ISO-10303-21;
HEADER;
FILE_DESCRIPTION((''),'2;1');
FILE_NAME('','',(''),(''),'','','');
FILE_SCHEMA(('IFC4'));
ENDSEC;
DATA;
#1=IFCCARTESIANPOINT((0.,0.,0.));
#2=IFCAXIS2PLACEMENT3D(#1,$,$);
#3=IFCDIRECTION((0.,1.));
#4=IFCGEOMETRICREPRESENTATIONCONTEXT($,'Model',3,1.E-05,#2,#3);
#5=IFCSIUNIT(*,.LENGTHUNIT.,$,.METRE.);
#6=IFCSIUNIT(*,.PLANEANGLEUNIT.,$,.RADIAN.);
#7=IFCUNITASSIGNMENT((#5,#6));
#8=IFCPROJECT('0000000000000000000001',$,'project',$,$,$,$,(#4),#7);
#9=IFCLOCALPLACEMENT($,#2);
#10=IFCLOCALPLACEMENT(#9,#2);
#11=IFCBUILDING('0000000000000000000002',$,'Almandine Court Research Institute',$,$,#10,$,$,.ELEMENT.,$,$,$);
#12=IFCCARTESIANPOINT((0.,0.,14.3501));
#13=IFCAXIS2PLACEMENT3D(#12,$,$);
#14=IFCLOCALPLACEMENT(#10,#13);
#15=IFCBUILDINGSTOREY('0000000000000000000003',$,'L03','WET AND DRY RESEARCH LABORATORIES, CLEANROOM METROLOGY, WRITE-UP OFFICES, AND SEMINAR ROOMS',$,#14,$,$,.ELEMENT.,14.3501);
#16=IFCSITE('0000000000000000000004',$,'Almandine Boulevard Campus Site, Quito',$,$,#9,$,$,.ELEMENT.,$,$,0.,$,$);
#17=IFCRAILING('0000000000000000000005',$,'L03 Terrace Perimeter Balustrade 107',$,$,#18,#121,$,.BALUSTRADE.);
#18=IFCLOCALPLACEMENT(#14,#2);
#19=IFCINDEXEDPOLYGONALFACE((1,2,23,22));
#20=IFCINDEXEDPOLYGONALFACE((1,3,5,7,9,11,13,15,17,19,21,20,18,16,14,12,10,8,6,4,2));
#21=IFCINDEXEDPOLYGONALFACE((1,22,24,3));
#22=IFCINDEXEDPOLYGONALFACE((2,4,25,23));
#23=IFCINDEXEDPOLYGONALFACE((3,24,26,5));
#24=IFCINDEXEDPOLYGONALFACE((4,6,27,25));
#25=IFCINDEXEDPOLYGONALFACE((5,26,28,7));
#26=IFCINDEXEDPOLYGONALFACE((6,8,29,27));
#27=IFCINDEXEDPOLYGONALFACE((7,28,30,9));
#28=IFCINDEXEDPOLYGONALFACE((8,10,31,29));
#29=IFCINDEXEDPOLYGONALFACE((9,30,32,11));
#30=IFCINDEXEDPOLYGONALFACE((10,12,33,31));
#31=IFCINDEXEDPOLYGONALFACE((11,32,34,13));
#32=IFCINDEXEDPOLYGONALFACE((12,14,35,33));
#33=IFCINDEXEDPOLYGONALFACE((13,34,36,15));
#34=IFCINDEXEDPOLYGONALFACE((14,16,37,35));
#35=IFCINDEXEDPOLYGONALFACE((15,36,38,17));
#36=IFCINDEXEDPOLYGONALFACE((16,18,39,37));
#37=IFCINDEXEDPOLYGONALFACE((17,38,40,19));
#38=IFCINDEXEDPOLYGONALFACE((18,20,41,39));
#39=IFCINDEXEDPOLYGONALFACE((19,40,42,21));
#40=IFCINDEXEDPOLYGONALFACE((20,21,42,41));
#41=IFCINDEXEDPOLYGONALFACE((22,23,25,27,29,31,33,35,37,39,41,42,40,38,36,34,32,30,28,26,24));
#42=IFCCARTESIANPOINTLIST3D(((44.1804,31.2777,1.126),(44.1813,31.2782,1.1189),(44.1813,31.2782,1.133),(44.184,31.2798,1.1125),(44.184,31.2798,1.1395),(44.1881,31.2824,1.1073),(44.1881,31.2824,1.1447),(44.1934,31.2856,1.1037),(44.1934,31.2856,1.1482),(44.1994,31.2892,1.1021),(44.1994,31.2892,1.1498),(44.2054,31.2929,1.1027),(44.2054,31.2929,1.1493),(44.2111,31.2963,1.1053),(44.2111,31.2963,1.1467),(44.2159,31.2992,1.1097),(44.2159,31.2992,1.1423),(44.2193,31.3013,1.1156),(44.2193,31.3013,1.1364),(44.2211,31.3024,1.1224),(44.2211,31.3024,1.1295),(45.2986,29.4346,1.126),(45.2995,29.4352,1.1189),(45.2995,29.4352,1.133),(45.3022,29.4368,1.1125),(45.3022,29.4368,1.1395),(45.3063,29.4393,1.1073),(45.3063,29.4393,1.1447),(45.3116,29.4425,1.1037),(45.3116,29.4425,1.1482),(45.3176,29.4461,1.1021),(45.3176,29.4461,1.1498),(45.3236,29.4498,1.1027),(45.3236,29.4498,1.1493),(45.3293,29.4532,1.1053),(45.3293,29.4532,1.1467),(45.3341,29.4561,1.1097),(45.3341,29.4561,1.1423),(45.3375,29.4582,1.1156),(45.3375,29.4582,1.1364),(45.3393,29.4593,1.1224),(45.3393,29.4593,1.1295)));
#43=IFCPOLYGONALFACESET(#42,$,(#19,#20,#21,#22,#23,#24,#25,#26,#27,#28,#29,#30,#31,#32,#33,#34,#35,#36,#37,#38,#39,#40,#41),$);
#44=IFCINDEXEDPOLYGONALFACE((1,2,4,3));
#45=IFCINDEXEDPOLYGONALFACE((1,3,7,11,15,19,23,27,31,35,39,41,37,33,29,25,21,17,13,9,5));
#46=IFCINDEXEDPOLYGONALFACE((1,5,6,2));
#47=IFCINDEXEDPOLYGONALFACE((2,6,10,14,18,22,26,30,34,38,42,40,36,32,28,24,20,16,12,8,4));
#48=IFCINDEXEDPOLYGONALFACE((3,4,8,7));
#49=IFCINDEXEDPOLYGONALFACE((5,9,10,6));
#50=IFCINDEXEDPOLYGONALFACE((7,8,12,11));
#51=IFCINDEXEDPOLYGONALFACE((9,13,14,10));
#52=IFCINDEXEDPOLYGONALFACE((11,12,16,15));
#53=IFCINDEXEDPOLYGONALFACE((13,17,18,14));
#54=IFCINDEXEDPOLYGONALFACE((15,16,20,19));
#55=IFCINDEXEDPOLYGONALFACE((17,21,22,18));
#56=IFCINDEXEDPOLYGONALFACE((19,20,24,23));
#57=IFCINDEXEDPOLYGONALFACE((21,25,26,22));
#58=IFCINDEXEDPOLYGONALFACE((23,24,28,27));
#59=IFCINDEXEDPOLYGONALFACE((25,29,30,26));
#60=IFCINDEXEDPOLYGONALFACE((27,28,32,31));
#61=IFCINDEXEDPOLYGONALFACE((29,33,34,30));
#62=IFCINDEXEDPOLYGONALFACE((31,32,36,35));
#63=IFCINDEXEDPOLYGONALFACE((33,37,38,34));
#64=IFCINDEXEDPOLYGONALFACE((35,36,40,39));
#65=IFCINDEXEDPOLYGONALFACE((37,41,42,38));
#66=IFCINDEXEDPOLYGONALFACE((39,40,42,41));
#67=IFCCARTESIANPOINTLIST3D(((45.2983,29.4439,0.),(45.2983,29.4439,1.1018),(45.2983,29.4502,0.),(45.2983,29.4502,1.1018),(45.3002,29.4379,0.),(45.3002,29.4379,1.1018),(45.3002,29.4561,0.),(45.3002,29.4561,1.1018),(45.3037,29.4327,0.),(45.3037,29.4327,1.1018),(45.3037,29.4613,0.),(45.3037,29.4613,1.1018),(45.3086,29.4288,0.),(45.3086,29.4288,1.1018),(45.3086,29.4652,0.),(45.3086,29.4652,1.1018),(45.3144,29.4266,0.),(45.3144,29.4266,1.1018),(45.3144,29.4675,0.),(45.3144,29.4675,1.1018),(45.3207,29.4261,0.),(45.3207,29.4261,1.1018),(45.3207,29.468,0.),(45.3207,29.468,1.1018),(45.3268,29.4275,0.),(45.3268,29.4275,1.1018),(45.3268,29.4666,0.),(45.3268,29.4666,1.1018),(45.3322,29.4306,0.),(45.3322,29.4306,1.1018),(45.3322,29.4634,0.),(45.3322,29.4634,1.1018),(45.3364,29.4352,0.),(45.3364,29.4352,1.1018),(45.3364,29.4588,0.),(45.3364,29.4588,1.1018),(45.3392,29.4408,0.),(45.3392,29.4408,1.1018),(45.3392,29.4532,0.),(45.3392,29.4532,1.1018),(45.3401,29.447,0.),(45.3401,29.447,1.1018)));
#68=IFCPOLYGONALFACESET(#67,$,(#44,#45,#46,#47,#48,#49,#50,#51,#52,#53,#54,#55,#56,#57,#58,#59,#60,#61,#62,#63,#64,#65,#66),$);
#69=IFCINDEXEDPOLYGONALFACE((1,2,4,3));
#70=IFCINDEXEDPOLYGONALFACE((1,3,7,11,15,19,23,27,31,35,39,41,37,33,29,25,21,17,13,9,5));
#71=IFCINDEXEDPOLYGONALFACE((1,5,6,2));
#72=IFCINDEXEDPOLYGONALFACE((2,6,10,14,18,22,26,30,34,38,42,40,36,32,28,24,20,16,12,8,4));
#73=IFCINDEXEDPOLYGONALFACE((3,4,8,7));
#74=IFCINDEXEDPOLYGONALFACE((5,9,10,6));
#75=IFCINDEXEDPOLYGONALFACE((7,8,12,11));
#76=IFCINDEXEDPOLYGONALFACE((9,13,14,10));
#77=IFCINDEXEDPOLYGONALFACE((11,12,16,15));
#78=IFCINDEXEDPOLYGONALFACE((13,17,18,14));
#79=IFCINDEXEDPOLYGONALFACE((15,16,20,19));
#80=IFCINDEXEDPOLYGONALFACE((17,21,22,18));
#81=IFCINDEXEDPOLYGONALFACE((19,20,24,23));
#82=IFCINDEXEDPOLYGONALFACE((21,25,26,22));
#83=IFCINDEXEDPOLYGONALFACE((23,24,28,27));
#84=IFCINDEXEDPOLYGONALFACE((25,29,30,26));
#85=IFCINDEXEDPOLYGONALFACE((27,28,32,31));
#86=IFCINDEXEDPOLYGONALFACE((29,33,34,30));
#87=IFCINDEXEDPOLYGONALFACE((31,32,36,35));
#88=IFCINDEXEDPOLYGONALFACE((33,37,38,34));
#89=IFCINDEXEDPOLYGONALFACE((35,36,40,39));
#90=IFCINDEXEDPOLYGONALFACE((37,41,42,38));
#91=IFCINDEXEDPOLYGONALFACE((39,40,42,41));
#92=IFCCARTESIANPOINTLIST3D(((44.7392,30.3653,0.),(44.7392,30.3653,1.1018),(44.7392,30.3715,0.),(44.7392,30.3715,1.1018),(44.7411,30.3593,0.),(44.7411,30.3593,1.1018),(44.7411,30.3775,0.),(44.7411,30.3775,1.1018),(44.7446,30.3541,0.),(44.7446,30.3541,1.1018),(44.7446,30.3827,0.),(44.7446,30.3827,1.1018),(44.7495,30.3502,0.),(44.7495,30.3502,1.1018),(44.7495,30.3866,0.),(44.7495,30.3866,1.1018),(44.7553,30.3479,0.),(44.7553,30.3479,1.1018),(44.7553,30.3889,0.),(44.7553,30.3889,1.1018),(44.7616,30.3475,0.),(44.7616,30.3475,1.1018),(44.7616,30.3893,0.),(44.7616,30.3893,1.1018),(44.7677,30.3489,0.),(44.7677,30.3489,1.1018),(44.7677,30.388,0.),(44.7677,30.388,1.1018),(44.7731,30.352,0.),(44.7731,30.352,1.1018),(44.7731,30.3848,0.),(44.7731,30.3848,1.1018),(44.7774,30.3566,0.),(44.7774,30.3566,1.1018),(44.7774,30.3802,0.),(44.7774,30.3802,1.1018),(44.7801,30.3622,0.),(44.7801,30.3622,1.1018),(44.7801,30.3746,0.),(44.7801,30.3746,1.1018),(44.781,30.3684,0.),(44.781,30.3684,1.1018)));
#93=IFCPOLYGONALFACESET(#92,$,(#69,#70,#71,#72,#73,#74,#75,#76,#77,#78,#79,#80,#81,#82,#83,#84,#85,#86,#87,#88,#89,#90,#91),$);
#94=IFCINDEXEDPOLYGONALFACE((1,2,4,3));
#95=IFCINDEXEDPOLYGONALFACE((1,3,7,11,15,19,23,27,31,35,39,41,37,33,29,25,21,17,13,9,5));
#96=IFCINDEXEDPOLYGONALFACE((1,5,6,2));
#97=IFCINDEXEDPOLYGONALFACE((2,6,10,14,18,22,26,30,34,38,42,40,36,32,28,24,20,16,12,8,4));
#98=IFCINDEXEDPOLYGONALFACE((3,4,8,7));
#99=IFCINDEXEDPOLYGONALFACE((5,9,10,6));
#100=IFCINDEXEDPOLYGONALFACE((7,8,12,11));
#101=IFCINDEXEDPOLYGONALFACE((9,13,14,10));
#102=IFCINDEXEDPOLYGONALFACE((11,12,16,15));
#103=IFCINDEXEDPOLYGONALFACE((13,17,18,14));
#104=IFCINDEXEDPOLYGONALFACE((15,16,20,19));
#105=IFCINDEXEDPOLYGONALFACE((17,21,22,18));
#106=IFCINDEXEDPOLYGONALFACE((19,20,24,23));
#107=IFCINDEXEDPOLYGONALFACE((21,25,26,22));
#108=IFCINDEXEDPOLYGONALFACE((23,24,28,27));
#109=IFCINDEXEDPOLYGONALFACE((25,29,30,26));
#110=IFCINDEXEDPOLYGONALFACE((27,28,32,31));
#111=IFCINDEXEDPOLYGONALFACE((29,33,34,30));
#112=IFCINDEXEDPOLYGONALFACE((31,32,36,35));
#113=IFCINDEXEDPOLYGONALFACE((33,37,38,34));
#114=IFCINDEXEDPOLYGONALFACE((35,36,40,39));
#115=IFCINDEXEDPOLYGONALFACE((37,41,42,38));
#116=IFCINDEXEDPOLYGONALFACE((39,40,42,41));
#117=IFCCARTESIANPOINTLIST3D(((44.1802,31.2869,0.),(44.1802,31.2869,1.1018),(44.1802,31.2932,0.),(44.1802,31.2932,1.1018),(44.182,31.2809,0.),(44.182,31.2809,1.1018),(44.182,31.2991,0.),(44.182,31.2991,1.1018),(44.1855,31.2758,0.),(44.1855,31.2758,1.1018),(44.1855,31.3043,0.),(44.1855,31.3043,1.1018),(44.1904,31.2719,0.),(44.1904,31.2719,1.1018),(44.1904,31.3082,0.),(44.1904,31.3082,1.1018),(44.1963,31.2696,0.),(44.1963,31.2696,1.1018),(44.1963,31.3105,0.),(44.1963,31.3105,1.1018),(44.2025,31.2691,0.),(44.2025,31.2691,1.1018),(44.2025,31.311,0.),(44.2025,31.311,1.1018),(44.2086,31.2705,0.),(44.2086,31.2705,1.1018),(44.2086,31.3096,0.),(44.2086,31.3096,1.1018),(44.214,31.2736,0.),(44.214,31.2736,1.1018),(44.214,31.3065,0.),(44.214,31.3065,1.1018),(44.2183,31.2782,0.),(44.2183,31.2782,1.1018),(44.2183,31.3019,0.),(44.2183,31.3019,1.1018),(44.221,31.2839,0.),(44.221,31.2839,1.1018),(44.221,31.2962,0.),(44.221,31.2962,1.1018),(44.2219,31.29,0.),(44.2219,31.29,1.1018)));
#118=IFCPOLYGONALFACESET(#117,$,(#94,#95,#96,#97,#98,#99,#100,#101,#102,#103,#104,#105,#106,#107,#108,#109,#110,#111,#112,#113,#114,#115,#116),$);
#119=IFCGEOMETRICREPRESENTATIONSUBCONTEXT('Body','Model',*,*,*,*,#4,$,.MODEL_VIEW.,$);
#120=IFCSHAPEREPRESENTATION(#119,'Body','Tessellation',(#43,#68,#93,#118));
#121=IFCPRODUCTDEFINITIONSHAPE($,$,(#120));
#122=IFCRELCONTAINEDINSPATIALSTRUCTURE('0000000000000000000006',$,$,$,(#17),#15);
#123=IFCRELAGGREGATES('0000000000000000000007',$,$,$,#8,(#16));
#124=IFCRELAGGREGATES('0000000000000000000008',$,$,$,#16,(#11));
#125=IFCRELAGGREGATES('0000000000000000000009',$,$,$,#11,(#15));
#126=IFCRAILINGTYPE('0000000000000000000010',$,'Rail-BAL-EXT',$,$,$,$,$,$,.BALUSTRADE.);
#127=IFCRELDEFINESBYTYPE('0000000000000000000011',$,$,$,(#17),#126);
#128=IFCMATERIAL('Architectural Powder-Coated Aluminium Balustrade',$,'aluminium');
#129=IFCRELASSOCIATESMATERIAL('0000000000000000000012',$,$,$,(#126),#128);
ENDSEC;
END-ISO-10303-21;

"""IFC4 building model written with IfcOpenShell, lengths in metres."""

from ifc_helpers import new_model, si_unit, direction, frame, origin, origin_2d, place, context, subcontext, project, spatial, circle, extrude, material, type_object, element, save


model = new_model("IFC4")

# Units and contexts
model_context = context("Model", 3, precision=1e-05, world=origin(), true_north=direction((0.0, 1.0)))
body_context = subcontext(model_context, "Body", "Model", "MODEL_VIEW")
ifc_project = project(units=[si_unit("LENGTHUNIT", "METRE"), si_unit("PLANEANGLEUNIT", "RADIAN")], contexts=[model_context])

# Site, building, storey
site_placement = place(None, origin())
site = spatial("IfcSite", under=ifc_project, at=site_placement, Name="Almandine Boulevard Campus Site, Quito", CompositionType="ELEMENT", RefElevation=0.0)
building_placement = place(site_placement, origin())
building = spatial("IfcBuilding", under=site, at=building_placement, Name="Almandine Court Research Institute", CompositionType="ELEMENT")
storey_placement = place(building_placement, frame((0.0, 0.0, 14.3501)))
storey = spatial("IfcBuildingStorey", under=building, at=storey_placement, Name="L03", Description="WET AND DRY RESEARCH LABORATORIES, CLEANROOM METROLOGY, WRITE-UP OFFICES, AND SEMINAR ROOMS", CompositionType="ELEMENT", Elevation=14.3501)

# Railing
ifc_material_1 = material(Name="Architectural Powder-Coated Aluminium Balustrade", Category="aluminium")
railing_type = type_object("IfcRailingType", Name="Rail-BAL-EXT", PredefinedType="BALUSTRADE", material=ifc_material_1)
railing_1_placement = place(storey_placement, frame((45.3191, 29.447, 0.0)))
element("IfcRailing", 1, at=railing_1_placement, inside=storey, type_object=railing_type, Name="L03 Terrace Perimeter Balustrade 107", PredefinedType="BALUSTRADE", context=body_context, shape_type="SweptSolid", body=[
    extrude(circle(Radius=0.0239, at=origin_2d()), frame((0.0, 0.0, 1.126), z_axis=(-0.518703, 0.854954, 0.0), x_axis=(-0.854954, -0.518703, 0.0)), (0.0, 0.0, 1.0), 2.1558),
    extrude(circle(Radius=0.021, at=origin_2d()), origin(), (0.0, 0.0, 1.0), 1.1018),
    extrude(circle(Radius=0.021, at=origin_2d()), frame((-0.5591, 0.9214, 0.0)), (0.0, 0.0, 1.0), 1.1018),
    extrude(circle(Radius=0.021, at=origin_2d()), frame((-1.1182, 1.843, 0.0)), (0.0, 0.0, 1.0), 1.1018),
])

save(model, "model.ifc")
